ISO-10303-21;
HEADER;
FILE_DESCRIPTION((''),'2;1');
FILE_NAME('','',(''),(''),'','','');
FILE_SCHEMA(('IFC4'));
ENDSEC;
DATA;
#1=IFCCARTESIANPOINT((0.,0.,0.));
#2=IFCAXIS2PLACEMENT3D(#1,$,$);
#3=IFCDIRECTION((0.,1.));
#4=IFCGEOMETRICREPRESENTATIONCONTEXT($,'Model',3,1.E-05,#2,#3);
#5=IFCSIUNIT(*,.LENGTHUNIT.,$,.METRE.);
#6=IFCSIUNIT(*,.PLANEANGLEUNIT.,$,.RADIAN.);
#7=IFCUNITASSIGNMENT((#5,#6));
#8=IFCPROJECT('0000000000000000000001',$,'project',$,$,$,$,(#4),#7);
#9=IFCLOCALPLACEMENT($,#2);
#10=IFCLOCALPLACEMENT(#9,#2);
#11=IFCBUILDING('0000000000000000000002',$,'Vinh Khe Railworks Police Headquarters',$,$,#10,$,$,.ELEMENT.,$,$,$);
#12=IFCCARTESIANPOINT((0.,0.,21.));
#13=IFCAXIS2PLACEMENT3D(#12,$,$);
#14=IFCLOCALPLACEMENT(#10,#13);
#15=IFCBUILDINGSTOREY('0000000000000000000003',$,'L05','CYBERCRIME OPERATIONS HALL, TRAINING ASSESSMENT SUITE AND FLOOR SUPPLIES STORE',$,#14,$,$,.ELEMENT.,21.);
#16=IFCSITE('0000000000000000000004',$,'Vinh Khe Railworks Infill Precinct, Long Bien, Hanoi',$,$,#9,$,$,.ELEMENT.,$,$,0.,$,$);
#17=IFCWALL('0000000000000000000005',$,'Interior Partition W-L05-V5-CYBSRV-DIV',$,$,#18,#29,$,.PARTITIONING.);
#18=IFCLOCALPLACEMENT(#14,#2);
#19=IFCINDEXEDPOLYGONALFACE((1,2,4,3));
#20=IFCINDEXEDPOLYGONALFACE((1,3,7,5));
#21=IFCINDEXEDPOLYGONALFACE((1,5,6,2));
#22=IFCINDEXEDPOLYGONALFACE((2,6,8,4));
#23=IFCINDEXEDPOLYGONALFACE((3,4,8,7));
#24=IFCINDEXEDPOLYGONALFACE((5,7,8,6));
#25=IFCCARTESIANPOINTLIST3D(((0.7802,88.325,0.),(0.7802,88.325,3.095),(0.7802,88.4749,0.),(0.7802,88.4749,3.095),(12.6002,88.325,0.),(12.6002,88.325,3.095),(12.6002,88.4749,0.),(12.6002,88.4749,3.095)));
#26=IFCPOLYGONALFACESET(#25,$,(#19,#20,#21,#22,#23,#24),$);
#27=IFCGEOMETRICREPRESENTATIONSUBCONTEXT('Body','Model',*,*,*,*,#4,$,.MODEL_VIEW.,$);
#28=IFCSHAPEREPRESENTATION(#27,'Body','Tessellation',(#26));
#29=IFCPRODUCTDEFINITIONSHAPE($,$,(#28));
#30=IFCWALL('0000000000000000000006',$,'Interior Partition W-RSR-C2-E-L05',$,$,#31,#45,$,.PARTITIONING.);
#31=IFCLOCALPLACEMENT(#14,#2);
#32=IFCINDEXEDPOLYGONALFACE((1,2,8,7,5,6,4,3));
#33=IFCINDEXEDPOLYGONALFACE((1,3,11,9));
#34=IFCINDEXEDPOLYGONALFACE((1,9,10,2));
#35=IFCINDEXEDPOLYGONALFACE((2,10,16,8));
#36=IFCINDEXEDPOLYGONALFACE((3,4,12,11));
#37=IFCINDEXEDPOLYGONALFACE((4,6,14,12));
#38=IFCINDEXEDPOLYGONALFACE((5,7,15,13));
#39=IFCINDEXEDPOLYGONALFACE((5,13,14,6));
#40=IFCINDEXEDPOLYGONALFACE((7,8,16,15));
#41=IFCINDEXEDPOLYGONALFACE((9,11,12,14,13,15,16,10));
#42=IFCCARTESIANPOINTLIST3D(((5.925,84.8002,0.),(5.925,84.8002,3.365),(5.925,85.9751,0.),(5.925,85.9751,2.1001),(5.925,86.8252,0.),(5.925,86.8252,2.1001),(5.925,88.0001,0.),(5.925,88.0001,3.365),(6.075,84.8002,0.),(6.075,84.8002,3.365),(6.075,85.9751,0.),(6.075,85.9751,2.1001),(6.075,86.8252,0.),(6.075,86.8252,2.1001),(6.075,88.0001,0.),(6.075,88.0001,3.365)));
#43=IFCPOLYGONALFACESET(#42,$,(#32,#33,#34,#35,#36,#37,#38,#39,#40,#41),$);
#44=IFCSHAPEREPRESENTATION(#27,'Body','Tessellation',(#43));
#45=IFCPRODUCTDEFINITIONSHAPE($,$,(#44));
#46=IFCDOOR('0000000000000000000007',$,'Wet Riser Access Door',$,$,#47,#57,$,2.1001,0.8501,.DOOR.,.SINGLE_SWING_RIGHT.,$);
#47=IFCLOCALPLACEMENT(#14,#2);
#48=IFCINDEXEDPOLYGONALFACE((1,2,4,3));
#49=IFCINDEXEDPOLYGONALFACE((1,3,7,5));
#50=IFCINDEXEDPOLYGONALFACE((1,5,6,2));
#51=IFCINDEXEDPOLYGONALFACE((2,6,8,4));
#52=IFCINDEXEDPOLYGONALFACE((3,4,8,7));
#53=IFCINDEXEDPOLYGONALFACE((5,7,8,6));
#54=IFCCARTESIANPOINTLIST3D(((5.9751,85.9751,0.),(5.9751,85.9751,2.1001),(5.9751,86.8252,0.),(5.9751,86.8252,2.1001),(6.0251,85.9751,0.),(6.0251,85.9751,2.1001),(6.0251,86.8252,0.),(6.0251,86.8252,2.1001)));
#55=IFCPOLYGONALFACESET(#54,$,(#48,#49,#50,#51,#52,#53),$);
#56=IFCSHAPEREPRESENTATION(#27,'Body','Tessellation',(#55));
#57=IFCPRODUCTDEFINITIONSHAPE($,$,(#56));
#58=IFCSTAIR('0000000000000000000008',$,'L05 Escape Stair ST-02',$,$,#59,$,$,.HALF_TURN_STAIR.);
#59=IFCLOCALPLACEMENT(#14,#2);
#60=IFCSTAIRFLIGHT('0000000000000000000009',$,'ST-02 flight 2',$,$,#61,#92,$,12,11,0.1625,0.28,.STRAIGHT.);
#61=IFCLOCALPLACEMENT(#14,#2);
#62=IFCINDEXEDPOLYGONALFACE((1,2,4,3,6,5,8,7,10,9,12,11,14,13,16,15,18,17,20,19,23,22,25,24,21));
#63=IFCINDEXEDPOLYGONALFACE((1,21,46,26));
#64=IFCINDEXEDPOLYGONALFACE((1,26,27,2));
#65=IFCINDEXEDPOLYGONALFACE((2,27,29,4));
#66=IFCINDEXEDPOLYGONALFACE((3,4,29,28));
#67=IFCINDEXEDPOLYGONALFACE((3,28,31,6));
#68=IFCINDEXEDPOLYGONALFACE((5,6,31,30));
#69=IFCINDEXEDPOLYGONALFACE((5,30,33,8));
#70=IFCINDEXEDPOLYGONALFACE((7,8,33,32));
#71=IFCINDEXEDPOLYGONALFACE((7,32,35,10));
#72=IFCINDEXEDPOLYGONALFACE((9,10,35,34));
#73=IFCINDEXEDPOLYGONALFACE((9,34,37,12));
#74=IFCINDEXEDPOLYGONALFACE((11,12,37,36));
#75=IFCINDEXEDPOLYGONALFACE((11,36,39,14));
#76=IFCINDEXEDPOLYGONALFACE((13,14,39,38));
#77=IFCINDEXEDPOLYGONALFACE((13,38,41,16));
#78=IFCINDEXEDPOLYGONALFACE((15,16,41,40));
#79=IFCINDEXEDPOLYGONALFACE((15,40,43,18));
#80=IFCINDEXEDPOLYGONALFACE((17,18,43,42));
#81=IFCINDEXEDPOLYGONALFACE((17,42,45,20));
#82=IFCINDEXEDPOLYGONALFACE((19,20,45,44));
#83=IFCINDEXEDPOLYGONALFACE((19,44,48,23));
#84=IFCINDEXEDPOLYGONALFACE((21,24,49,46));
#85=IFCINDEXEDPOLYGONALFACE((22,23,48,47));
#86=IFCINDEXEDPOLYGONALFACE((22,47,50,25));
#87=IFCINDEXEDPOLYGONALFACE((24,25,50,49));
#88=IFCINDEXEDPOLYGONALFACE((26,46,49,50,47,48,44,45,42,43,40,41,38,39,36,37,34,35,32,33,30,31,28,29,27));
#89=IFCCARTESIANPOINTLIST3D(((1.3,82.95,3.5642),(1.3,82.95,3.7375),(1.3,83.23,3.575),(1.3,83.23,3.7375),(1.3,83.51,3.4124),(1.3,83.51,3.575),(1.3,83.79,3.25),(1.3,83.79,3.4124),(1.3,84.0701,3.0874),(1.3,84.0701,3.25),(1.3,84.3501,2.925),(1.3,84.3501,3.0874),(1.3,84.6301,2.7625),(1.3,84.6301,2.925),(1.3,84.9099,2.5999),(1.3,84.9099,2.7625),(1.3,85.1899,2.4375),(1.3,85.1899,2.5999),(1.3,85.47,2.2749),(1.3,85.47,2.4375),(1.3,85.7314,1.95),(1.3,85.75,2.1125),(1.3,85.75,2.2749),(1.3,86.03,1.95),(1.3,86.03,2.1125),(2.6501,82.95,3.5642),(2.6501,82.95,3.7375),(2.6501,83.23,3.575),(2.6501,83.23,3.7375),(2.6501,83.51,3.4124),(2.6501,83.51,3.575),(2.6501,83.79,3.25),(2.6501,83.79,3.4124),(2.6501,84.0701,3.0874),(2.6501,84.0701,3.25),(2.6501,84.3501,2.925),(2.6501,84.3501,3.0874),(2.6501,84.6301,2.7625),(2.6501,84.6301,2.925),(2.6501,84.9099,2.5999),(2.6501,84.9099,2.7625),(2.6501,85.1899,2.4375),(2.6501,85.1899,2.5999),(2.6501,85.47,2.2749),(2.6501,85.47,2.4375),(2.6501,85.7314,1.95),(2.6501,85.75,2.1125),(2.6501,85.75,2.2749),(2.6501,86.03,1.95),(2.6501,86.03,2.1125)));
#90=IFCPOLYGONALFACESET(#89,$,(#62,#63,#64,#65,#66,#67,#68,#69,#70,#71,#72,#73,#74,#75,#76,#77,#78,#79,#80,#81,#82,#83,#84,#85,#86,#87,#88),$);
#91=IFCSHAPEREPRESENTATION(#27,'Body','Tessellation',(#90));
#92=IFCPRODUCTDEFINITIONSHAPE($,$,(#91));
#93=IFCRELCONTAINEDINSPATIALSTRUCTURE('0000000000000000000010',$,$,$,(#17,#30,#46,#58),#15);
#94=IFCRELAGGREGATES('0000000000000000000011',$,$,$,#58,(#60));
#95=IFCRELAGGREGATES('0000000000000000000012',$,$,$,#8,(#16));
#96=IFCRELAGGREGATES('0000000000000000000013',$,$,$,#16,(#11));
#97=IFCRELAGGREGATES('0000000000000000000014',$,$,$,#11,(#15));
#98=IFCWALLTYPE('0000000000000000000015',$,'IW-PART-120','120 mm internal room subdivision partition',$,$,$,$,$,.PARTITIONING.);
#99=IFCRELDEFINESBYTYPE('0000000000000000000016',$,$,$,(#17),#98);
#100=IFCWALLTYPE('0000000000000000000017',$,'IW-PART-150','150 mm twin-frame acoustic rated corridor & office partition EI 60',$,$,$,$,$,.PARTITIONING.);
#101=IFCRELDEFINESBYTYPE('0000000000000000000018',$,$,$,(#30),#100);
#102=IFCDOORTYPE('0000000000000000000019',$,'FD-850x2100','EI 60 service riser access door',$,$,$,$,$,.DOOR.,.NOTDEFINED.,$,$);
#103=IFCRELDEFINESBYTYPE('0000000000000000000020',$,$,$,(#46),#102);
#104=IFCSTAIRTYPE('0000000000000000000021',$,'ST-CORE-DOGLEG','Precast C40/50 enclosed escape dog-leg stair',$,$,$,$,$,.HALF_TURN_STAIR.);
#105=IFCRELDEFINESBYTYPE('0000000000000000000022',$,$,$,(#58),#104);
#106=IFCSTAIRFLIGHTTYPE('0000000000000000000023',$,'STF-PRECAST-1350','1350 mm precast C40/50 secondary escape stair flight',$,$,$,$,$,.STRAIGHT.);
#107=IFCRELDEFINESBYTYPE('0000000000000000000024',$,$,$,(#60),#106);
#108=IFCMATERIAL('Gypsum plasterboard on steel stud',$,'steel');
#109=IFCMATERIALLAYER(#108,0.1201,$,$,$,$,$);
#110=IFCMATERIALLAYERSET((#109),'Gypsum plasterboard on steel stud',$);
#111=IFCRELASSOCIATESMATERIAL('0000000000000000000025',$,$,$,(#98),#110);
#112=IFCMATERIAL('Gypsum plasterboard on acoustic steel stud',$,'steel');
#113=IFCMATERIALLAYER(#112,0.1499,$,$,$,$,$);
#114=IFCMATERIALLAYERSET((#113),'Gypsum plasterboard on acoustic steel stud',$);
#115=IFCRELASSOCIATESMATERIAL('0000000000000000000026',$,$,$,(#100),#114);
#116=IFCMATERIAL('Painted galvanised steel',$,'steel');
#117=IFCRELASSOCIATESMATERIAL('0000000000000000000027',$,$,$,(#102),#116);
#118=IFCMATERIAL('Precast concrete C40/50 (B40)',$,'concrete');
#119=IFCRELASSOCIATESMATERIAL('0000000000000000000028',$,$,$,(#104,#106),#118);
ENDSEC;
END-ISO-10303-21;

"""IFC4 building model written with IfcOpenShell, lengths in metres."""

from ifc_helpers import new_model, si_unit, direction, frame, frame_2d, origin, place, context, subcontext, project, spatial, polyline, rectangle, outline, extrude, material, layer, layer_set, type_object, element, fill, aggregate, save


model = new_model("IFC4")

# Units and contexts
model_context = context("Model", 3, precision=1e-05, world=origin(), true_north=direction((0.0, 1.0)))
body_context = subcontext(model_context, "Body", "Model", "MODEL_VIEW")
ifc_project = project(units=[si_unit("LENGTHUNIT", "METRE"), si_unit("PLANEANGLEUNIT", "RADIAN")], contexts=[model_context])

# Site, building, storey
site_placement = place(None, origin())
site = spatial("IfcSite", under=ifc_project, at=site_placement, Name="Vinh Khe Railworks Infill Precinct, Long Bien, Hanoi", CompositionType="ELEMENT", RefElevation=0.0)
building_placement = place(site_placement, origin())
building = spatial("IfcBuilding", under=site, at=building_placement, Name="Vinh Khe Railworks Police Headquarters", CompositionType="ELEMENT")
storey_placement = place(building_placement, frame((0.0, 0.0, 21.0)))
storey = spatial("IfcBuildingStorey", under=building, at=storey_placement, Name="L05", Description="CYBERCRIME OPERATIONS HALL, TRAINING ASSESSMENT SUITE AND FLOOR SUPPLIES STORE", CompositionType="ELEMENT", Elevation=21.0)

# Wall
ifc_material_1 = material(Name="Gypsum plasterboard on steel stud", Category="steel")
ifc_layer_1 = layer(ifc_material_1, 0.1201)
ifc_layer_set_1 = layer_set([ifc_layer_1], Name="Gypsum plasterboard on steel stud")
wall_type_1 = type_object("IfcWallType", Name="IW-PART-120", Description="120 mm internal room subdivision partition", PredefinedType="PARTITIONING", material=ifc_layer_set_1)
wall_1_placement = place(storey_placement, frame((0.78, 88.3999, 0.0), z_axis=(0.0, 0.0, 1.0), x_axis=(1.0, 0.0, 0.0)))
element("IfcWall", 1, at=wall_1_placement, inside=storey, type_object=wall_type_1, Name="Interior Partition W-L05-V5-CYBSRV-DIV", PredefinedType="PARTITIONING", context=body_context, shape_type="SweptSolid", body=[
    extrude(rectangle(XDim=11.8201, YDim=0.1499, at=frame_2d((5.9102, 0.0))), origin(), (0.0, 0.0, 1.0), 3.095),
])

# Wall, opening, door
ifc_material_2 = material(Name="Gypsum plasterboard on acoustic steel stud", Category="steel")
ifc_layer_2 = layer(ifc_material_2, 0.1499)
ifc_layer_set_2 = layer_set([ifc_layer_2], Name="Gypsum plasterboard on acoustic steel stud")
wall_type_2 = type_object("IfcWallType", Name="IW-PART-150", Description="150 mm twin-frame acoustic rated corridor & office partition EI 60", PredefinedType="PARTITIONING", material=ifc_layer_set_2)
wall_2_placement = place(storey_placement, frame((6.0, 84.8, 0.0), z_axis=(0.0, 0.0, 1.0), x_axis=(0.0, 1.0, 0.0)))
wall_2 = element("IfcWall", 2, at=wall_2_placement, inside=storey, type_object=wall_type_2, Name="Interior Partition W-RSR-C2-E-L05", PredefinedType="PARTITIONING", context=body_context, shape_type="SweptSolid", body=[
    extrude(rectangle(XDim=3.2, YDim=0.1499, at=frame_2d((1.6001, 0.0))), origin(), (0.0, 0.0, 1.0), 3.365),
])
opening_placement = place(wall_2_placement, frame((1.175, 0.0, 0.0)))
opening = element("IfcOpeningElement", 3, at=opening_placement, cuts=wall_2, PredefinedType="OPENING", context=body_context, shape_type="SweptSolid", body=[
    extrude(rectangle(XDim=0.8501, YDim=2.1001, at=frame_2d((0.425, 1.05))), frame((0.0, 0.0898, 0.0), z_axis=(0.0, -1.0, 0.0), x_axis=(1.0, 0.0, 0.0)), (0.0, 0.0, 1.0), 0.1797),
])
ifc_material_3 = material(Name="Painted galvanised steel", Category="steel")
door_type = type_object("IfcDoorType", Name="FD-850x2100", Description="EI 60 service riser access door", OperationType="NOTDEFINED", PredefinedType="DOOR", material=ifc_material_3)
door_placement = place(opening_placement, origin())
door = element("IfcDoor", 4, at=door_placement, inside=storey, type_object=door_type, Name="Wet Riser Access Door", OperationType="SINGLE_SWING_RIGHT", OverallHeight=2.1001, OverallWidth=0.8501, PredefinedType="DOOR", context=body_context, shape_type="SweptSolid", body=[
    extrude(rectangle(XDim=0.8501, YDim=2.1001, at=frame_2d((0.425, 1.05))), frame((0.0, 0.0249, 0.0), z_axis=(0.0, -1.0, 0.0), x_axis=(1.0, 0.0, 0.0)), (0.0, 0.0, 1.0), 0.05),
])
fill(opening, door)

# Stair, stair flight
ifc_material_4 = material(Name="Precast concrete C40/50 (B40)", Category="concrete")
stair_type = type_object("IfcStairType", Name="ST-CORE-DOGLEG", Description="Precast C40/50 enclosed escape dog-leg stair", PredefinedType="HALF_TURN_STAIR", material=ifc_material_4)
stair_placement = place(storey_placement, origin())
stair = element("IfcStair", 5, at=stair_placement, inside=storey, type_object=stair_type, Name="L05 Escape Stair ST-02", PredefinedType="HALF_TURN_STAIR")
stair_flight_type = type_object("IfcStairFlightType", Name="STF-PRECAST-1350", Description="1350 mm precast C40/50 secondary escape stair flight", PredefinedType="STRAIGHT", material=ifc_material_4)
stair_flight_placement = place(storey_placement, frame((1.9751, 86.03, 1.95), z_axis=(0.0, 0.0, 1.0), x_axis=(0.0, -1.0, 0.0)))
stair_flight = element("IfcStairFlight", 6, at=stair_flight_placement, type_object=stair_flight_type, Name="ST-02 flight 2", NumberOfRisers=12, NumberOfTreads=11, PredefinedType="STRAIGHT", RiserHeight=0.1625, TreadLength=0.28, context=body_context, shape_type="SweptSolid", body=[
    extrude(outline(polyline([(0.0, 0.0), (0.0, 0.1626), (0.28, 0.1626), (0.28, 0.325), (0.5601, 0.325), (0.5601, 0.4875), (0.8401, 0.4875), (0.8401, 0.6499), (1.1201, 0.6499), (1.1201, 0.8125), (1.3999, 0.8125), (1.3999, 0.9751), (1.6799, 0.9751), (1.6799, 1.1375), (1.96, 1.1375), (1.96, 1.3), (2.24, 1.3), (2.24, 1.4624), (2.52, 1.4624), (2.52, 1.625), (2.8, 1.625), (2.8, 1.7876), (3.0801, 1.7876), (3.0801, 1.95), (3.0801, 1.6143), (0.2986, 0.0), (0.0, 0.0)])), frame((0.0, 0.675, 0.0), z_axis=(0.0, -1.0, 0.0), x_axis=(1.0, 0.0, 0.0)), (0.0, 0.0, 1.0), 1.3501),
])
aggregate(stair, [stair_flight])

save(model, "model.ifc")
